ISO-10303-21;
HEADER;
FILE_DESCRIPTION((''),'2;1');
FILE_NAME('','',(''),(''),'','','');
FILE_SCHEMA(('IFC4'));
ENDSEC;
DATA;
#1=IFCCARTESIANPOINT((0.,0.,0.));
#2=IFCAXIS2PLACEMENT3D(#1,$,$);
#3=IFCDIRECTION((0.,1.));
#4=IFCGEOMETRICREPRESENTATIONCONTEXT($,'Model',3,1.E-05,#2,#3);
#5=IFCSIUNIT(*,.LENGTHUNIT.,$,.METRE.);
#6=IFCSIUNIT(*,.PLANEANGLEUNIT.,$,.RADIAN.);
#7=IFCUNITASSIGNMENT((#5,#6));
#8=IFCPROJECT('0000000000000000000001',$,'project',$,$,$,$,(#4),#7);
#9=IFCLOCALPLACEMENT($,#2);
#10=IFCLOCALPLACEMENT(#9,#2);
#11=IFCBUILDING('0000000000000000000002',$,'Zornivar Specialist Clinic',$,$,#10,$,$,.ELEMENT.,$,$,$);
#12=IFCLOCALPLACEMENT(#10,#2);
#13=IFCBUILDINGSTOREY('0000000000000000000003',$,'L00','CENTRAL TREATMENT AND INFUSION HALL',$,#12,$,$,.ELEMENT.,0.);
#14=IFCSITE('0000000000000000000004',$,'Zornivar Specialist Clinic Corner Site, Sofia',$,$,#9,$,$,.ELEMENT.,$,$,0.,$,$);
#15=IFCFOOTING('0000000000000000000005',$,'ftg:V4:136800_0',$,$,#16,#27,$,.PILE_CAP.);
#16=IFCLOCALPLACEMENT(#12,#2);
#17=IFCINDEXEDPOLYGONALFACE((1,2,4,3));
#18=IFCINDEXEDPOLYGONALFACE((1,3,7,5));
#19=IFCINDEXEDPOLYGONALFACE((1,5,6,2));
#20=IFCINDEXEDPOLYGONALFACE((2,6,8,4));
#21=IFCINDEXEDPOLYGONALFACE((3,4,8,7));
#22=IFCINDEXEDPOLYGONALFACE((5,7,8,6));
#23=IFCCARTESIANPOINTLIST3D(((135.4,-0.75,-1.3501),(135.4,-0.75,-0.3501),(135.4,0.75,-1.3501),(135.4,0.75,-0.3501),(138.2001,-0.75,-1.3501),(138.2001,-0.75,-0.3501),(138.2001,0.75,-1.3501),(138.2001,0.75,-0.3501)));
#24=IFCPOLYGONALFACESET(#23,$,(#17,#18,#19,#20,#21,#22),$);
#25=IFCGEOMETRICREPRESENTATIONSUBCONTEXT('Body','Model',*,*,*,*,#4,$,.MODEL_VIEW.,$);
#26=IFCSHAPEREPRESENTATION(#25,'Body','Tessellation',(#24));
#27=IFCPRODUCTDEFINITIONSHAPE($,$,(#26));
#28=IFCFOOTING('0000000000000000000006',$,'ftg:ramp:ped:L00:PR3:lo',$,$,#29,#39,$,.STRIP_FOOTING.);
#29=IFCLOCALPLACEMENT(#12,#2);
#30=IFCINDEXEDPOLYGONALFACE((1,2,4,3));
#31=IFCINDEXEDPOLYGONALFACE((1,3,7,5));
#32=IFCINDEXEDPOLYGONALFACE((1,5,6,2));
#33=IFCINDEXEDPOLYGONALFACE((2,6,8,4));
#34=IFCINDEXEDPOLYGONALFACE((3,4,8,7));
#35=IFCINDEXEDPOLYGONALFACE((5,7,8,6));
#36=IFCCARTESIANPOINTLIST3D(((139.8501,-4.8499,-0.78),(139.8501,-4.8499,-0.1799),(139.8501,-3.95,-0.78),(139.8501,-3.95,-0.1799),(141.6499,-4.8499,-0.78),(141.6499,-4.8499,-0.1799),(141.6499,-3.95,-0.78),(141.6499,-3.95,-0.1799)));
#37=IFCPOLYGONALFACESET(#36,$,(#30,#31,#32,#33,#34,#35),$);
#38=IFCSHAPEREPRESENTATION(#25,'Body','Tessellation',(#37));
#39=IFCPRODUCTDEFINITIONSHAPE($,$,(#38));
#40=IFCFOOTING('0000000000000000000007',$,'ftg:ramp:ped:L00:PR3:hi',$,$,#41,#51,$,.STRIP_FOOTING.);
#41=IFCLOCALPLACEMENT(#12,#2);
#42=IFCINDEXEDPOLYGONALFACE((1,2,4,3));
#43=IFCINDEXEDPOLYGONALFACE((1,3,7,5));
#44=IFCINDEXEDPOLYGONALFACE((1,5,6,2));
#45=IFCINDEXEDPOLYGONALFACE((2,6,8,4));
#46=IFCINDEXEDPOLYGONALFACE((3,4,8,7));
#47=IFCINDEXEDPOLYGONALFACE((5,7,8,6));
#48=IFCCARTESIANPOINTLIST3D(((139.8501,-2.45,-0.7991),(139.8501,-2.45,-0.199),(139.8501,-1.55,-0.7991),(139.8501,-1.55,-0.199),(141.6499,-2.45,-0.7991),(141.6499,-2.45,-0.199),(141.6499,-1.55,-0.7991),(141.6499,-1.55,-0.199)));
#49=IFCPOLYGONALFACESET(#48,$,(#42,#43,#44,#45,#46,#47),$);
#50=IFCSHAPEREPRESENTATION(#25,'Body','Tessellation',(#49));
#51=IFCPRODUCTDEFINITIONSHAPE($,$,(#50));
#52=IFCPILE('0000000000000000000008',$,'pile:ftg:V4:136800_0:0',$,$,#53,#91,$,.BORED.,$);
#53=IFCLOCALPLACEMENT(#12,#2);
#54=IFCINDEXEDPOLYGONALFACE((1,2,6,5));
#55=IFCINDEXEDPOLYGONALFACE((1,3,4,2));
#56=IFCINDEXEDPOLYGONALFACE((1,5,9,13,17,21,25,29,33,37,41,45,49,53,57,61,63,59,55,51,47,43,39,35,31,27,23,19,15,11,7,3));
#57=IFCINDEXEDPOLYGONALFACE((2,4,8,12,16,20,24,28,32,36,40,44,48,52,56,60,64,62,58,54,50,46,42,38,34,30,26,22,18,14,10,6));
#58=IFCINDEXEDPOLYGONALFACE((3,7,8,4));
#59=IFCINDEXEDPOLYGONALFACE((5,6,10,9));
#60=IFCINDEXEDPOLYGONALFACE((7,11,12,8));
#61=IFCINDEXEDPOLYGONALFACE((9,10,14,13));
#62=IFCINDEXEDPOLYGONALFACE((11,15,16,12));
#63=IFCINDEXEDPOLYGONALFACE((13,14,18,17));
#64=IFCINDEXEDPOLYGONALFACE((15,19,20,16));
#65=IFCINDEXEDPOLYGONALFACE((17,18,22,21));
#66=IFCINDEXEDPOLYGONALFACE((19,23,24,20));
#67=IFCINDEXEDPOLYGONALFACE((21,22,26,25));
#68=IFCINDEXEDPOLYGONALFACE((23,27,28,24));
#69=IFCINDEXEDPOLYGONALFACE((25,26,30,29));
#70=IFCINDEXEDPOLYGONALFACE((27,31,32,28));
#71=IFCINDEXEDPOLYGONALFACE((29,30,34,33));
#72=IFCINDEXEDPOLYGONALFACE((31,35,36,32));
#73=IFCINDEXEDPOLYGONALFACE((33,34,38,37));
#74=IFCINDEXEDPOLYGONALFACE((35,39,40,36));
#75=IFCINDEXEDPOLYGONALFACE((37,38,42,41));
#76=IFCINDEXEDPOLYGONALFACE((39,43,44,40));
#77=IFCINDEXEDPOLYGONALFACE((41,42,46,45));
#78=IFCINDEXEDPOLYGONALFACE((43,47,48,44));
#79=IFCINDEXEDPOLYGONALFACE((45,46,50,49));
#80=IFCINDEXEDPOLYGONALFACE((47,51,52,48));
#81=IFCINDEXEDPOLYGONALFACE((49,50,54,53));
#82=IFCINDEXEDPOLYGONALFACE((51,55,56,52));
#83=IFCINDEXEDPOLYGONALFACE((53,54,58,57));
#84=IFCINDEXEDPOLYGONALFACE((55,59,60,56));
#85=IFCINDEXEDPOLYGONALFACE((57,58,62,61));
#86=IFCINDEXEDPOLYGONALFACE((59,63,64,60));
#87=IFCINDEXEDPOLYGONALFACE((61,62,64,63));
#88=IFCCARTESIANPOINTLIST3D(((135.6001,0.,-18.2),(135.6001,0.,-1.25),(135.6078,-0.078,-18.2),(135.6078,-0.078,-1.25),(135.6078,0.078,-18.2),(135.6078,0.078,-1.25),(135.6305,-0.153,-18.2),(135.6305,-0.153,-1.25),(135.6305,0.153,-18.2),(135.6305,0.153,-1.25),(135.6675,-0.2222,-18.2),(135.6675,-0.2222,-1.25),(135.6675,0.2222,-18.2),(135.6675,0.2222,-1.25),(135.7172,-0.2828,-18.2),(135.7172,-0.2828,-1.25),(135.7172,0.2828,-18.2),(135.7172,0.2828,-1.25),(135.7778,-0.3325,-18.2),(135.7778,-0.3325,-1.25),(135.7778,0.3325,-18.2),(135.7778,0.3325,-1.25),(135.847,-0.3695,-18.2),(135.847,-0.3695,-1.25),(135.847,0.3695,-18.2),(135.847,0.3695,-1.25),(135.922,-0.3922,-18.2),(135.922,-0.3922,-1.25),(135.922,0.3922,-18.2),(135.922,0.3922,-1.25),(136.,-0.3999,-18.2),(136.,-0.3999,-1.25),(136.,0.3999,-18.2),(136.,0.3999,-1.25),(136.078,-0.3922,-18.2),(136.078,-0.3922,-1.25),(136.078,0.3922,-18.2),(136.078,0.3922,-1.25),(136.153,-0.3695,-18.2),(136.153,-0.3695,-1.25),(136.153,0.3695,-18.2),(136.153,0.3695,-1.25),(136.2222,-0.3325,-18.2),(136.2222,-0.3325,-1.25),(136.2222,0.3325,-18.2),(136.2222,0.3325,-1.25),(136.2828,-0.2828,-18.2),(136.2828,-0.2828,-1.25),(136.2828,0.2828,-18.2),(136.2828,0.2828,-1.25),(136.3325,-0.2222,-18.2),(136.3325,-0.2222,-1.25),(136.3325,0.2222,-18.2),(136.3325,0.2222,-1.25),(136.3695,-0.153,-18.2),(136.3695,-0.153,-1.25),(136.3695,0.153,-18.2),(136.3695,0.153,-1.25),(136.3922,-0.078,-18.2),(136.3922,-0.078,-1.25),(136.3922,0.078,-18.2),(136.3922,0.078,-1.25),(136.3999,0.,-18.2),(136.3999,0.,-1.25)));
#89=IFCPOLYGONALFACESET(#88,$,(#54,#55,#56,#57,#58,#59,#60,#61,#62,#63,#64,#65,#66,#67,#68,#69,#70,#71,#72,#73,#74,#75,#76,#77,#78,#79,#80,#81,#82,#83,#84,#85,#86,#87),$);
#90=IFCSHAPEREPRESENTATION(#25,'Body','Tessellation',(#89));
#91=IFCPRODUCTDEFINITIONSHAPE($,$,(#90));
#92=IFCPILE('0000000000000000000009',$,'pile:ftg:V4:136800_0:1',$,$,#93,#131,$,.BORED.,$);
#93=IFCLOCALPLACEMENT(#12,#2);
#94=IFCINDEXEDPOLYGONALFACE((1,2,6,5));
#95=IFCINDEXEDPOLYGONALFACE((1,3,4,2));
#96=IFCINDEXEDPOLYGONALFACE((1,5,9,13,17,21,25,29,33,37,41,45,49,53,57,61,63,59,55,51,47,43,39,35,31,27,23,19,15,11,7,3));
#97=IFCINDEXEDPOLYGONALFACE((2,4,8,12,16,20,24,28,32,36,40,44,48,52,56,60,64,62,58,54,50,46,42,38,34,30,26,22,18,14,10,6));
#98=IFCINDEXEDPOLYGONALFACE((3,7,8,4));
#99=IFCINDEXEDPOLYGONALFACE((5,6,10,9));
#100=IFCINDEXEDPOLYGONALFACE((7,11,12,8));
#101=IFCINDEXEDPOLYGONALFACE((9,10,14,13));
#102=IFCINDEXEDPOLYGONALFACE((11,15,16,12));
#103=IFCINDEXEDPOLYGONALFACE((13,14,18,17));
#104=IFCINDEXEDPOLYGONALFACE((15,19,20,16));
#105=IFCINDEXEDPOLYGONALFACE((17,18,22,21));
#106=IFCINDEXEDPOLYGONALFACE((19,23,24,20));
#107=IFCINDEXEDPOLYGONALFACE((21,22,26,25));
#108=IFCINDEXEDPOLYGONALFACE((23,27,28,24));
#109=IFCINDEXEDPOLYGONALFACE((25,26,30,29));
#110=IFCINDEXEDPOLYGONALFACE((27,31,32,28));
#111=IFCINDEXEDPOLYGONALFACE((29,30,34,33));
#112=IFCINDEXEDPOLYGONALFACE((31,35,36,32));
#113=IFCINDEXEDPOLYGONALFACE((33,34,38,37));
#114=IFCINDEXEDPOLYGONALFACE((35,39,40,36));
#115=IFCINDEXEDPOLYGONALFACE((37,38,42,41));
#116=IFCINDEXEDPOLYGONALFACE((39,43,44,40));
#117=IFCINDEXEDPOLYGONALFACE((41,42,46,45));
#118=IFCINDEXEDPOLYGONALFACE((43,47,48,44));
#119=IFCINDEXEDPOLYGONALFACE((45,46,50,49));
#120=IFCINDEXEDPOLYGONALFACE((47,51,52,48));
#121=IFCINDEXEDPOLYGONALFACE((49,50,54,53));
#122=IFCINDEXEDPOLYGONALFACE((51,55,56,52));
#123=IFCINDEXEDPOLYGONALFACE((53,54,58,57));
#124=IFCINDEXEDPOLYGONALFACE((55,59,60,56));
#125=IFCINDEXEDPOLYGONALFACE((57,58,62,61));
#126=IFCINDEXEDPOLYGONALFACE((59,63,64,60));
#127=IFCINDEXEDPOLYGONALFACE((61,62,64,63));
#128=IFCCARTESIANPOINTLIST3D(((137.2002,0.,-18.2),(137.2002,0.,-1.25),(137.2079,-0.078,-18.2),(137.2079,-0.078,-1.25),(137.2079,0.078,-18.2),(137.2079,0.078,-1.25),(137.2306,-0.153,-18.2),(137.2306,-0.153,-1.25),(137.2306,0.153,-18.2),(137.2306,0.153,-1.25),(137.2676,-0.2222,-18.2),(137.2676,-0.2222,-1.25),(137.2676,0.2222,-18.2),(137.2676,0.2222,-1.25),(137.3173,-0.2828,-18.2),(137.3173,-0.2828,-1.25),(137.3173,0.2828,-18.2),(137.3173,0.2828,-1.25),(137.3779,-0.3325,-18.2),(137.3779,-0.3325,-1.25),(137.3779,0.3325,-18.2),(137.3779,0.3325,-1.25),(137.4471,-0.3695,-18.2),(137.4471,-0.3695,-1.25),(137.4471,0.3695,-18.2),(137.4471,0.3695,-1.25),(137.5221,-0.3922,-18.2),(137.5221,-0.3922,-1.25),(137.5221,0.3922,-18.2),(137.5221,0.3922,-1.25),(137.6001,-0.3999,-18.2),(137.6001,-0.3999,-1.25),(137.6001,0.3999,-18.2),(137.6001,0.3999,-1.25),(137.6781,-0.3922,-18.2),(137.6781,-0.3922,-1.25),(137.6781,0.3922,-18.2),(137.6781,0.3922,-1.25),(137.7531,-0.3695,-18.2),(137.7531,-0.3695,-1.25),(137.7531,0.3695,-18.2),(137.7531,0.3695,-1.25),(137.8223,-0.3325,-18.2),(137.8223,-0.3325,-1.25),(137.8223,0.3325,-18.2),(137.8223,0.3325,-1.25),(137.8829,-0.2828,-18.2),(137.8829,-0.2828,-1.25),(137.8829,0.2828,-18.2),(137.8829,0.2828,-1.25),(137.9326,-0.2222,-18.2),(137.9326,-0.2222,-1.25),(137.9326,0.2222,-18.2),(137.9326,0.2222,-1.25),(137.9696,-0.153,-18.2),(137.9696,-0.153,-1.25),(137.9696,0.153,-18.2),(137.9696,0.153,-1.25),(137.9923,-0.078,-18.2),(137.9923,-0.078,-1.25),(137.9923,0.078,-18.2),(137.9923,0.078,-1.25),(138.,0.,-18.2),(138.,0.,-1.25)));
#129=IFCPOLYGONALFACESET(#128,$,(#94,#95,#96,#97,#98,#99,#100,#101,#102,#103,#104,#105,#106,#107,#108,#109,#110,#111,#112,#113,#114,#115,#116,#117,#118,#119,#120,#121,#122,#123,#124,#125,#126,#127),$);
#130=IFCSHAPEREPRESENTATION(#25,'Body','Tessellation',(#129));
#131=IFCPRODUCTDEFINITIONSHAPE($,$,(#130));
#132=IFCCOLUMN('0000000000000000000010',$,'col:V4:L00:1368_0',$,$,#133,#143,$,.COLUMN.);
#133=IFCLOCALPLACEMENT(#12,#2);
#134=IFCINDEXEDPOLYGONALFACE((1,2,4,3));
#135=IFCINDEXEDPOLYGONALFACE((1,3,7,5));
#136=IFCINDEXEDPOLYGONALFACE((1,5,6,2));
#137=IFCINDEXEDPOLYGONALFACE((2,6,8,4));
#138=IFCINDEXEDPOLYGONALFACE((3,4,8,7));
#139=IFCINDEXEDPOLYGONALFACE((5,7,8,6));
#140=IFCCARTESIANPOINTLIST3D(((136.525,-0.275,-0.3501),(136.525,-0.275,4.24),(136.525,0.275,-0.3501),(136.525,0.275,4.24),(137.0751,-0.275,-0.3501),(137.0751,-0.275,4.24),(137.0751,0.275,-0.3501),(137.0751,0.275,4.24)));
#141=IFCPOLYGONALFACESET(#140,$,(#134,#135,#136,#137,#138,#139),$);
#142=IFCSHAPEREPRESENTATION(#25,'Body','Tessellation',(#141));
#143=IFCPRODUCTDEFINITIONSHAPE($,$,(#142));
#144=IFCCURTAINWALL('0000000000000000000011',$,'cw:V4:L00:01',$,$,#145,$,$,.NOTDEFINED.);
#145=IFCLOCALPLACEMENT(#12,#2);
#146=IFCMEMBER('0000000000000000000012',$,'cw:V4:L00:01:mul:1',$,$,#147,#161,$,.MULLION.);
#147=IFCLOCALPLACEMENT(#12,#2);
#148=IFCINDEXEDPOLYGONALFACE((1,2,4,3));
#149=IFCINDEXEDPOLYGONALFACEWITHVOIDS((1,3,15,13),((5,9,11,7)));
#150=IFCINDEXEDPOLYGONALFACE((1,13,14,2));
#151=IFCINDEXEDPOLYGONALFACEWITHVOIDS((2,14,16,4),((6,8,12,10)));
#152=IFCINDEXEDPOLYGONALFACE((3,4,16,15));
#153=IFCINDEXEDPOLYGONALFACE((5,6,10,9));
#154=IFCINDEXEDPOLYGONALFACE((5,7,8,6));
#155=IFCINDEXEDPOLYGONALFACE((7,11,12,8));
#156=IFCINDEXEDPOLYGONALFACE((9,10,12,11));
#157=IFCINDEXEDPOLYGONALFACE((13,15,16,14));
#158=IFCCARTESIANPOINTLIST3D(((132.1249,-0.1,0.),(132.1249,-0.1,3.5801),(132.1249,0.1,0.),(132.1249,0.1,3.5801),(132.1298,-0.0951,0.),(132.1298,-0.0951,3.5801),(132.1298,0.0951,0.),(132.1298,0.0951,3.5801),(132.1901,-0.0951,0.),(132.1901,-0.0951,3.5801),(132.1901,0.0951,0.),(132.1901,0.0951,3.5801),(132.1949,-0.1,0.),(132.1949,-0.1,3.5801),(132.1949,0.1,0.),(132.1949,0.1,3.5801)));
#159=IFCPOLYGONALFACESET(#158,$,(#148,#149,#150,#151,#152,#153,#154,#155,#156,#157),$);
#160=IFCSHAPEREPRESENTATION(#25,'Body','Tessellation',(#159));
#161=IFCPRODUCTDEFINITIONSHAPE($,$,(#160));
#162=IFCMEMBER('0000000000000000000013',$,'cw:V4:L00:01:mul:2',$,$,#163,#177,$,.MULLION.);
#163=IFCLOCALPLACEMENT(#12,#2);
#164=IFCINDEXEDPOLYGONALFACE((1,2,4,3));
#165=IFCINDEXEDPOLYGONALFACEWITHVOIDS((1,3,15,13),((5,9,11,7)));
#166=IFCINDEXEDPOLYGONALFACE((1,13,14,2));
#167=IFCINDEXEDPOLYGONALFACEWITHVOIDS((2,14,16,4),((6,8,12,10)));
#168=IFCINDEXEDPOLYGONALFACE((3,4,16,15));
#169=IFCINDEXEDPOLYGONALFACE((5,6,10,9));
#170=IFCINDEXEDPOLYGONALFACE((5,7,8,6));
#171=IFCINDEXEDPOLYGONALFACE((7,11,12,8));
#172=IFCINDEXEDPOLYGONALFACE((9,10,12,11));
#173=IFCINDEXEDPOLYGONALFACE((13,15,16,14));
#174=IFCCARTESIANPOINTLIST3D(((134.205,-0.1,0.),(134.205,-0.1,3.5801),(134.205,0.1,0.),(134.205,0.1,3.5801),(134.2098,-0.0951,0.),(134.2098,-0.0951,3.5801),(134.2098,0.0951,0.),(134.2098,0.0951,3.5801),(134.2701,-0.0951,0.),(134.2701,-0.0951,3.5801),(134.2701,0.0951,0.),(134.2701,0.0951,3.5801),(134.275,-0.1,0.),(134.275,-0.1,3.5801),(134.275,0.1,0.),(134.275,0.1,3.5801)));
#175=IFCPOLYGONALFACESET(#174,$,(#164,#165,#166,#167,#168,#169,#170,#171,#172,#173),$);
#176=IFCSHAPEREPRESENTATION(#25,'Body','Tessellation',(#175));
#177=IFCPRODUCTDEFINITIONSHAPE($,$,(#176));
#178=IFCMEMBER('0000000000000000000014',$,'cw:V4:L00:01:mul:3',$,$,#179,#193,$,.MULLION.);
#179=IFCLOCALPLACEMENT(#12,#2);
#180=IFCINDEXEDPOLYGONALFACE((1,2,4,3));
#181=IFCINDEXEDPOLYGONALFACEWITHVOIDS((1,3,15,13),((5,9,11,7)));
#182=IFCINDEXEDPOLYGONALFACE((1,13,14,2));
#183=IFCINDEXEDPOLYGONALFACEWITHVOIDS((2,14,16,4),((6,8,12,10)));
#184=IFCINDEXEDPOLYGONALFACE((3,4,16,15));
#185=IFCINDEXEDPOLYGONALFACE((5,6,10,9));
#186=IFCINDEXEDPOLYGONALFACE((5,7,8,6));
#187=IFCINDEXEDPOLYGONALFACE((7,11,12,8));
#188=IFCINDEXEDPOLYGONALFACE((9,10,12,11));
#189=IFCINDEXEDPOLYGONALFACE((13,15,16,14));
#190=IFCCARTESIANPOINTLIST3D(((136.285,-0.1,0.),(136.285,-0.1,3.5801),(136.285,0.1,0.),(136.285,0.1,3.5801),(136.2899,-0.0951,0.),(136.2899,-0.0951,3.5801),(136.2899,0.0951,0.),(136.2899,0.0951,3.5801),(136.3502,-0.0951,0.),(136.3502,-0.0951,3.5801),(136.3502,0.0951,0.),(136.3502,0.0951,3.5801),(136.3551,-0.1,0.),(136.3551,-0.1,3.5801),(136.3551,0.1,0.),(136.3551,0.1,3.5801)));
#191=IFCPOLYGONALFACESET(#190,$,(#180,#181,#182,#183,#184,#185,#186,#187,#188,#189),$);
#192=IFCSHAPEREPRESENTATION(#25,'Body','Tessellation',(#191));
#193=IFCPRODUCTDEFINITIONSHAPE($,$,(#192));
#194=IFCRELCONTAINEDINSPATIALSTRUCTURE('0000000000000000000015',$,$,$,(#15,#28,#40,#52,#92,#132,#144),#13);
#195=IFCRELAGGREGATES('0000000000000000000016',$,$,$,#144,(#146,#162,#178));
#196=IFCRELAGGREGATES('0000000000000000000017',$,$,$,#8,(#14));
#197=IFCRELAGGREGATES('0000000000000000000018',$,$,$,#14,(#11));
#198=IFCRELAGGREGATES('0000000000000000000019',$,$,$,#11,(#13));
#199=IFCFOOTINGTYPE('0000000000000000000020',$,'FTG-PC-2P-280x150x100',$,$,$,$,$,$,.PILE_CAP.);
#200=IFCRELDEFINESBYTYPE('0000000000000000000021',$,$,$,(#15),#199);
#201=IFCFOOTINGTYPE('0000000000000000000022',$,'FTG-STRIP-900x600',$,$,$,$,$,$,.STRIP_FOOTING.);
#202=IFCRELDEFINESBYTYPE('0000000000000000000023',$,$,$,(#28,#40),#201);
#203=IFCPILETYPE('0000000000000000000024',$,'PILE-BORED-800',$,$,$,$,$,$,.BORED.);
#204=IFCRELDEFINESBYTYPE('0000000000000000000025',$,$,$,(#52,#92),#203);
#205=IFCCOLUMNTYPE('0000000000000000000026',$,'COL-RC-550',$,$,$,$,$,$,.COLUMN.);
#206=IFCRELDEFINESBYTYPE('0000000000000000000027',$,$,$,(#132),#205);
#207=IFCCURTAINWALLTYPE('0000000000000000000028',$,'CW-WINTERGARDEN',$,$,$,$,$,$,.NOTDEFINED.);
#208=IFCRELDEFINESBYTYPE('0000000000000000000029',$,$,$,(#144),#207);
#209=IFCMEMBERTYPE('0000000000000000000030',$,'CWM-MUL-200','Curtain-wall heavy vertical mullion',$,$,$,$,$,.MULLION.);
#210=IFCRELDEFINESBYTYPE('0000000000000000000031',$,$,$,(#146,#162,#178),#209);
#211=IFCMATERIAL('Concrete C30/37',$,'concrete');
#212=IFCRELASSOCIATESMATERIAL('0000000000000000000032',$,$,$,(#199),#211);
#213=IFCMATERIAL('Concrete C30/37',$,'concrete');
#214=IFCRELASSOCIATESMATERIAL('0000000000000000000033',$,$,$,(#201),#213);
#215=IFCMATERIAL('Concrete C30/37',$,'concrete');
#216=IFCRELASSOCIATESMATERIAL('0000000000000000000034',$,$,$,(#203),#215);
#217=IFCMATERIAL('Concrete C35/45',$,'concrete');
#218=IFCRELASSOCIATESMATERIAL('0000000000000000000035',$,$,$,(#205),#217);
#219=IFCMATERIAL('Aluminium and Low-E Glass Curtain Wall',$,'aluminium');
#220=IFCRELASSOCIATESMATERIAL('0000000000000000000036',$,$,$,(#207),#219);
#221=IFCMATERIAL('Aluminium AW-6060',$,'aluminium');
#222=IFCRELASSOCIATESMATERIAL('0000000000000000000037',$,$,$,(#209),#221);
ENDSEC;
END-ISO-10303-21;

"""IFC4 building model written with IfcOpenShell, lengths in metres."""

from ifc_helpers import new_model, si_unit, direction, frame, origin, origin_2d, place, context, subcontext, project, spatial, rectangle, hollow_rectangle, circle, extrude, material, material_profile, profile_set, type_object, element, aggregate, save


model = new_model("IFC4")

# Units and contexts
model_context = context("Model", 3, precision=1e-05, world=origin(), true_north=direction((0.0, 1.0)))
body_context = subcontext(model_context, "Body", "Model", "MODEL_VIEW")
ifc_project = project(units=[si_unit("LENGTHUNIT", "METRE"), si_unit("PLANEANGLEUNIT", "RADIAN")], contexts=[model_context])

# Site, building, storey
site_placement = place(None, origin())
site = spatial("IfcSite", under=ifc_project, at=site_placement, Name="Zornivar Specialist Clinic Corner Site, Sofia", CompositionType="ELEMENT", RefElevation=0.0)
building_placement = place(site_placement, origin())
building = spatial("IfcBuilding", under=site, at=building_placement, Name="Zornivar Specialist Clinic", CompositionType="ELEMENT")
storey_placement = place(building_placement, origin())
storey = spatial("IfcBuildingStorey", under=building, at=storey_placement, Name="L00", Description="CENTRAL TREATMENT AND INFUSION HALL", CompositionType="ELEMENT", Elevation=0.0)

# Footings
ifc_material_1 = material(Name="Concrete C30/37", Category="concrete")
footing_type_1 = type_object("IfcFootingType", Name="FTG-PC-2P-280x150x100", PredefinedType="PILE_CAP", material=ifc_material_1)
footing_placement = place(storey_placement, frame((136.8, 0.0, -1.3501), z_axis=(0.0, 0.0, 1.0), x_axis=(1.0, 0.0, 0.0)))
element("IfcFooting", 1, at=footing_placement, inside=storey, type_object=footing_type_1, Name="ftg:V4:136800_0", PredefinedType="PILE_CAP", context=body_context, shape_type="SweptSolid", body=[
    extrude(rectangle(XDim=2.8, YDim=1.5, at=origin_2d()), origin(), (0.0, 0.0, 1.0), 1.0),
])
ifc_material_2 = material(Name="Concrete C30/37", Category="concrete")
ifc_material_profile_1 = material_profile(ifc_material_2, rectangle(XDim=0.8999, YDim=0.6001, at=origin_2d()), Name="RC 900x600")
ifc_profile_set_1 = profile_set([ifc_material_profile_1], Name="Concrete C30/37")
footing_type_2 = type_object("IfcFootingType", Name="FTG-STRIP-900x600", PredefinedType="STRIP_FOOTING", material=ifc_profile_set_1)
for number, where, z_axis, x_axis, name in (
    (2, (139.8501, -4.3999, -0.48), (1.0, 0.0, 0.0), (0.0, 1.0, 0.0), "ftg:ramp:ped:L00:PR3:lo"),
    (3, (139.8501, -2.0, -0.499), (1.0, 0.0, 0.0), (0.0, 1.0, 0.0), "ftg:ramp:ped:L00:PR3:hi"),
):
    element("IfcFooting", number, at=place(storey_placement, frame(where, z_axis=z_axis, x_axis=x_axis)), inside=storey, type_object=footing_type_2, Name=name, PredefinedType="STRIP_FOOTING", context=body_context, shape_type="SweptSolid", body=[
        extrude(rectangle(XDim=0.8999, YDim=0.6001, at=origin_2d()), origin(), (0.0, 0.0, 1.0), 1.7998),
    ])

# Piles
ifc_material_3 = material(Name="Concrete C30/37", Category="concrete")
ifc_material_profile_2 = material_profile(ifc_material_3, circle(Radius=0.3999, at=origin_2d()), Name="PILE D800")
ifc_profile_set_2 = profile_set([ifc_material_profile_2], Name="Concrete C30/37")
pile_type = type_object("IfcPileType", Name="PILE-BORED-800", PredefinedType="BORED", material=ifc_profile_set_2)
for number, where, z_axis, x_axis, name in (
    (4, (136.0, 0.0, -1.25), (0.0, 0.0, -1.0), (1.0, 0.0, 0.0), "pile:ftg:V4:136800_0:0"),
    (5, (137.6001, 0.0, -1.25), (0.0, 0.0, -1.0), (1.0, 0.0, 0.0), "pile:ftg:V4:136800_0:1"),
):
    element("IfcPile", number, at=place(storey_placement, frame(where, z_axis=z_axis, x_axis=x_axis)), inside=storey, type_object=pile_type, Name=name, PredefinedType="BORED", context=body_context, shape_type="SweptSolid", body=[
        extrude(circle(Radius=0.3999, at=origin_2d()), origin(), (0.0, 0.0, 1.0), 16.95),
    ])

# Column
ifc_material_4 = material(Name="Concrete C35/45", Category="concrete")
ifc_material_profile_3 = material_profile(ifc_material_4, rectangle(XDim=0.55, YDim=0.55, at=origin_2d()), Name="RC 550x550")
ifc_profile_set_3 = profile_set([ifc_material_profile_3], Name="Concrete C35/45")
column_type = type_object("IfcColumnType", Name="COL-RC-550", PredefinedType="COLUMN", material=ifc_profile_set_3)
column_placement = place(storey_placement, frame((136.8, 0.0, -0.3501), z_axis=(0.0, 0.0, 1.0), x_axis=(1.0, 0.0, 0.0)))
element("IfcColumn", 6, at=column_placement, inside=storey, type_object=column_type, Name="col:V4:L00:1368_0", PredefinedType="COLUMN", context=body_context, shape_type="SweptSolid", body=[
    extrude(rectangle(XDim=0.55, YDim=0.55, at=origin_2d()), origin(), (0.0, 0.0, 1.0), 4.5901),
])

# Curtain wall, members
ifc_material_5 = material(Name="Aluminium and Low-E Glass Curtain Wall", Category="aluminium")
curtain_wall_type = type_object("IfcCurtainWallType", Name="CW-WINTERGARDEN", PredefinedType="NOTDEFINED", material=ifc_material_5)
curtain_wall_placement = place(storey_placement, origin())
curtain_wall = element("IfcCurtainWall", 7, at=curtain_wall_placement, inside=storey, type_object=curtain_wall_type, Name="cw:V4:L00:01", PredefinedType="NOTDEFINED")
ifc_material_6 = material(Name="Aluminium AW-6060", Category="aluminium")
ifc_material_profile_4 = material_profile(ifc_material_6, hollow_rectangle(XDim=0.0701, YDim=0.2, WallThickness=0.0049, at=origin_2d()), Name="ALU 70x200x5")
ifc_profile_set_4 = profile_set([ifc_material_profile_4], Name="Aluminium AW-6060")
member_type = type_object("IfcMemberType", Name="CWM-MUL-200", Description="Curtain-wall heavy vertical mullion", PredefinedType="MULLION", material=ifc_profile_set_4)
member_1_placement = place(storey_placement, frame((132.1599, 0.0, 0.0), z_axis=(0.0, 0.0, 1.0), x_axis=(1.0, 0.0, 0.0)))
member_1 = element("IfcMember", 8, at=member_1_placement, type_object=member_type, Name="cw:V4:L00:01:mul:1", PredefinedType="MULLION", context=body_context, shape_type="SweptSolid", body=[
    extrude(hollow_rectangle(XDim=0.0701, YDim=0.2, WallThickness=0.0049, at=origin_2d()), origin(), (0.0, 0.0, 1.0), 3.5801),
])
member_2_placement = place(storey_placement, frame((134.24, 0.0, 0.0), z_axis=(0.0, 0.0, 1.0), x_axis=(1.0, 0.0, 0.0)))
member_2 = element("IfcMember", 9, at=member_2_placement, type_object=member_type, Name="cw:V4:L00:01:mul:2", PredefinedType="MULLION", context=body_context, shape_type="SweptSolid", body=[
    extrude(hollow_rectangle(XDim=0.0701, YDim=0.2, WallThickness=0.0049, at=origin_2d()), origin(), (0.0, 0.0, 1.0), 3.5801),
])
member_3_placement = place(storey_placement, frame((136.3201, 0.0, 0.0), z_axis=(0.0, 0.0, 1.0), x_axis=(1.0, 0.0, 0.0)))
member_3 = element("IfcMember", 10, at=member_3_placement, type_object=member_type, Name="cw:V4:L00:01:mul:3", PredefinedType="MULLION", context=body_context, shape_type="SweptSolid", body=[
    extrude(hollow_rectangle(XDim=0.0701, YDim=0.2, WallThickness=0.0049, at=origin_2d()), origin(), (0.0, 0.0, 1.0), 3.5801),
])
aggregate(curtain_wall, [member_1, member_2, member_3])

save(model, "model.ifc")
